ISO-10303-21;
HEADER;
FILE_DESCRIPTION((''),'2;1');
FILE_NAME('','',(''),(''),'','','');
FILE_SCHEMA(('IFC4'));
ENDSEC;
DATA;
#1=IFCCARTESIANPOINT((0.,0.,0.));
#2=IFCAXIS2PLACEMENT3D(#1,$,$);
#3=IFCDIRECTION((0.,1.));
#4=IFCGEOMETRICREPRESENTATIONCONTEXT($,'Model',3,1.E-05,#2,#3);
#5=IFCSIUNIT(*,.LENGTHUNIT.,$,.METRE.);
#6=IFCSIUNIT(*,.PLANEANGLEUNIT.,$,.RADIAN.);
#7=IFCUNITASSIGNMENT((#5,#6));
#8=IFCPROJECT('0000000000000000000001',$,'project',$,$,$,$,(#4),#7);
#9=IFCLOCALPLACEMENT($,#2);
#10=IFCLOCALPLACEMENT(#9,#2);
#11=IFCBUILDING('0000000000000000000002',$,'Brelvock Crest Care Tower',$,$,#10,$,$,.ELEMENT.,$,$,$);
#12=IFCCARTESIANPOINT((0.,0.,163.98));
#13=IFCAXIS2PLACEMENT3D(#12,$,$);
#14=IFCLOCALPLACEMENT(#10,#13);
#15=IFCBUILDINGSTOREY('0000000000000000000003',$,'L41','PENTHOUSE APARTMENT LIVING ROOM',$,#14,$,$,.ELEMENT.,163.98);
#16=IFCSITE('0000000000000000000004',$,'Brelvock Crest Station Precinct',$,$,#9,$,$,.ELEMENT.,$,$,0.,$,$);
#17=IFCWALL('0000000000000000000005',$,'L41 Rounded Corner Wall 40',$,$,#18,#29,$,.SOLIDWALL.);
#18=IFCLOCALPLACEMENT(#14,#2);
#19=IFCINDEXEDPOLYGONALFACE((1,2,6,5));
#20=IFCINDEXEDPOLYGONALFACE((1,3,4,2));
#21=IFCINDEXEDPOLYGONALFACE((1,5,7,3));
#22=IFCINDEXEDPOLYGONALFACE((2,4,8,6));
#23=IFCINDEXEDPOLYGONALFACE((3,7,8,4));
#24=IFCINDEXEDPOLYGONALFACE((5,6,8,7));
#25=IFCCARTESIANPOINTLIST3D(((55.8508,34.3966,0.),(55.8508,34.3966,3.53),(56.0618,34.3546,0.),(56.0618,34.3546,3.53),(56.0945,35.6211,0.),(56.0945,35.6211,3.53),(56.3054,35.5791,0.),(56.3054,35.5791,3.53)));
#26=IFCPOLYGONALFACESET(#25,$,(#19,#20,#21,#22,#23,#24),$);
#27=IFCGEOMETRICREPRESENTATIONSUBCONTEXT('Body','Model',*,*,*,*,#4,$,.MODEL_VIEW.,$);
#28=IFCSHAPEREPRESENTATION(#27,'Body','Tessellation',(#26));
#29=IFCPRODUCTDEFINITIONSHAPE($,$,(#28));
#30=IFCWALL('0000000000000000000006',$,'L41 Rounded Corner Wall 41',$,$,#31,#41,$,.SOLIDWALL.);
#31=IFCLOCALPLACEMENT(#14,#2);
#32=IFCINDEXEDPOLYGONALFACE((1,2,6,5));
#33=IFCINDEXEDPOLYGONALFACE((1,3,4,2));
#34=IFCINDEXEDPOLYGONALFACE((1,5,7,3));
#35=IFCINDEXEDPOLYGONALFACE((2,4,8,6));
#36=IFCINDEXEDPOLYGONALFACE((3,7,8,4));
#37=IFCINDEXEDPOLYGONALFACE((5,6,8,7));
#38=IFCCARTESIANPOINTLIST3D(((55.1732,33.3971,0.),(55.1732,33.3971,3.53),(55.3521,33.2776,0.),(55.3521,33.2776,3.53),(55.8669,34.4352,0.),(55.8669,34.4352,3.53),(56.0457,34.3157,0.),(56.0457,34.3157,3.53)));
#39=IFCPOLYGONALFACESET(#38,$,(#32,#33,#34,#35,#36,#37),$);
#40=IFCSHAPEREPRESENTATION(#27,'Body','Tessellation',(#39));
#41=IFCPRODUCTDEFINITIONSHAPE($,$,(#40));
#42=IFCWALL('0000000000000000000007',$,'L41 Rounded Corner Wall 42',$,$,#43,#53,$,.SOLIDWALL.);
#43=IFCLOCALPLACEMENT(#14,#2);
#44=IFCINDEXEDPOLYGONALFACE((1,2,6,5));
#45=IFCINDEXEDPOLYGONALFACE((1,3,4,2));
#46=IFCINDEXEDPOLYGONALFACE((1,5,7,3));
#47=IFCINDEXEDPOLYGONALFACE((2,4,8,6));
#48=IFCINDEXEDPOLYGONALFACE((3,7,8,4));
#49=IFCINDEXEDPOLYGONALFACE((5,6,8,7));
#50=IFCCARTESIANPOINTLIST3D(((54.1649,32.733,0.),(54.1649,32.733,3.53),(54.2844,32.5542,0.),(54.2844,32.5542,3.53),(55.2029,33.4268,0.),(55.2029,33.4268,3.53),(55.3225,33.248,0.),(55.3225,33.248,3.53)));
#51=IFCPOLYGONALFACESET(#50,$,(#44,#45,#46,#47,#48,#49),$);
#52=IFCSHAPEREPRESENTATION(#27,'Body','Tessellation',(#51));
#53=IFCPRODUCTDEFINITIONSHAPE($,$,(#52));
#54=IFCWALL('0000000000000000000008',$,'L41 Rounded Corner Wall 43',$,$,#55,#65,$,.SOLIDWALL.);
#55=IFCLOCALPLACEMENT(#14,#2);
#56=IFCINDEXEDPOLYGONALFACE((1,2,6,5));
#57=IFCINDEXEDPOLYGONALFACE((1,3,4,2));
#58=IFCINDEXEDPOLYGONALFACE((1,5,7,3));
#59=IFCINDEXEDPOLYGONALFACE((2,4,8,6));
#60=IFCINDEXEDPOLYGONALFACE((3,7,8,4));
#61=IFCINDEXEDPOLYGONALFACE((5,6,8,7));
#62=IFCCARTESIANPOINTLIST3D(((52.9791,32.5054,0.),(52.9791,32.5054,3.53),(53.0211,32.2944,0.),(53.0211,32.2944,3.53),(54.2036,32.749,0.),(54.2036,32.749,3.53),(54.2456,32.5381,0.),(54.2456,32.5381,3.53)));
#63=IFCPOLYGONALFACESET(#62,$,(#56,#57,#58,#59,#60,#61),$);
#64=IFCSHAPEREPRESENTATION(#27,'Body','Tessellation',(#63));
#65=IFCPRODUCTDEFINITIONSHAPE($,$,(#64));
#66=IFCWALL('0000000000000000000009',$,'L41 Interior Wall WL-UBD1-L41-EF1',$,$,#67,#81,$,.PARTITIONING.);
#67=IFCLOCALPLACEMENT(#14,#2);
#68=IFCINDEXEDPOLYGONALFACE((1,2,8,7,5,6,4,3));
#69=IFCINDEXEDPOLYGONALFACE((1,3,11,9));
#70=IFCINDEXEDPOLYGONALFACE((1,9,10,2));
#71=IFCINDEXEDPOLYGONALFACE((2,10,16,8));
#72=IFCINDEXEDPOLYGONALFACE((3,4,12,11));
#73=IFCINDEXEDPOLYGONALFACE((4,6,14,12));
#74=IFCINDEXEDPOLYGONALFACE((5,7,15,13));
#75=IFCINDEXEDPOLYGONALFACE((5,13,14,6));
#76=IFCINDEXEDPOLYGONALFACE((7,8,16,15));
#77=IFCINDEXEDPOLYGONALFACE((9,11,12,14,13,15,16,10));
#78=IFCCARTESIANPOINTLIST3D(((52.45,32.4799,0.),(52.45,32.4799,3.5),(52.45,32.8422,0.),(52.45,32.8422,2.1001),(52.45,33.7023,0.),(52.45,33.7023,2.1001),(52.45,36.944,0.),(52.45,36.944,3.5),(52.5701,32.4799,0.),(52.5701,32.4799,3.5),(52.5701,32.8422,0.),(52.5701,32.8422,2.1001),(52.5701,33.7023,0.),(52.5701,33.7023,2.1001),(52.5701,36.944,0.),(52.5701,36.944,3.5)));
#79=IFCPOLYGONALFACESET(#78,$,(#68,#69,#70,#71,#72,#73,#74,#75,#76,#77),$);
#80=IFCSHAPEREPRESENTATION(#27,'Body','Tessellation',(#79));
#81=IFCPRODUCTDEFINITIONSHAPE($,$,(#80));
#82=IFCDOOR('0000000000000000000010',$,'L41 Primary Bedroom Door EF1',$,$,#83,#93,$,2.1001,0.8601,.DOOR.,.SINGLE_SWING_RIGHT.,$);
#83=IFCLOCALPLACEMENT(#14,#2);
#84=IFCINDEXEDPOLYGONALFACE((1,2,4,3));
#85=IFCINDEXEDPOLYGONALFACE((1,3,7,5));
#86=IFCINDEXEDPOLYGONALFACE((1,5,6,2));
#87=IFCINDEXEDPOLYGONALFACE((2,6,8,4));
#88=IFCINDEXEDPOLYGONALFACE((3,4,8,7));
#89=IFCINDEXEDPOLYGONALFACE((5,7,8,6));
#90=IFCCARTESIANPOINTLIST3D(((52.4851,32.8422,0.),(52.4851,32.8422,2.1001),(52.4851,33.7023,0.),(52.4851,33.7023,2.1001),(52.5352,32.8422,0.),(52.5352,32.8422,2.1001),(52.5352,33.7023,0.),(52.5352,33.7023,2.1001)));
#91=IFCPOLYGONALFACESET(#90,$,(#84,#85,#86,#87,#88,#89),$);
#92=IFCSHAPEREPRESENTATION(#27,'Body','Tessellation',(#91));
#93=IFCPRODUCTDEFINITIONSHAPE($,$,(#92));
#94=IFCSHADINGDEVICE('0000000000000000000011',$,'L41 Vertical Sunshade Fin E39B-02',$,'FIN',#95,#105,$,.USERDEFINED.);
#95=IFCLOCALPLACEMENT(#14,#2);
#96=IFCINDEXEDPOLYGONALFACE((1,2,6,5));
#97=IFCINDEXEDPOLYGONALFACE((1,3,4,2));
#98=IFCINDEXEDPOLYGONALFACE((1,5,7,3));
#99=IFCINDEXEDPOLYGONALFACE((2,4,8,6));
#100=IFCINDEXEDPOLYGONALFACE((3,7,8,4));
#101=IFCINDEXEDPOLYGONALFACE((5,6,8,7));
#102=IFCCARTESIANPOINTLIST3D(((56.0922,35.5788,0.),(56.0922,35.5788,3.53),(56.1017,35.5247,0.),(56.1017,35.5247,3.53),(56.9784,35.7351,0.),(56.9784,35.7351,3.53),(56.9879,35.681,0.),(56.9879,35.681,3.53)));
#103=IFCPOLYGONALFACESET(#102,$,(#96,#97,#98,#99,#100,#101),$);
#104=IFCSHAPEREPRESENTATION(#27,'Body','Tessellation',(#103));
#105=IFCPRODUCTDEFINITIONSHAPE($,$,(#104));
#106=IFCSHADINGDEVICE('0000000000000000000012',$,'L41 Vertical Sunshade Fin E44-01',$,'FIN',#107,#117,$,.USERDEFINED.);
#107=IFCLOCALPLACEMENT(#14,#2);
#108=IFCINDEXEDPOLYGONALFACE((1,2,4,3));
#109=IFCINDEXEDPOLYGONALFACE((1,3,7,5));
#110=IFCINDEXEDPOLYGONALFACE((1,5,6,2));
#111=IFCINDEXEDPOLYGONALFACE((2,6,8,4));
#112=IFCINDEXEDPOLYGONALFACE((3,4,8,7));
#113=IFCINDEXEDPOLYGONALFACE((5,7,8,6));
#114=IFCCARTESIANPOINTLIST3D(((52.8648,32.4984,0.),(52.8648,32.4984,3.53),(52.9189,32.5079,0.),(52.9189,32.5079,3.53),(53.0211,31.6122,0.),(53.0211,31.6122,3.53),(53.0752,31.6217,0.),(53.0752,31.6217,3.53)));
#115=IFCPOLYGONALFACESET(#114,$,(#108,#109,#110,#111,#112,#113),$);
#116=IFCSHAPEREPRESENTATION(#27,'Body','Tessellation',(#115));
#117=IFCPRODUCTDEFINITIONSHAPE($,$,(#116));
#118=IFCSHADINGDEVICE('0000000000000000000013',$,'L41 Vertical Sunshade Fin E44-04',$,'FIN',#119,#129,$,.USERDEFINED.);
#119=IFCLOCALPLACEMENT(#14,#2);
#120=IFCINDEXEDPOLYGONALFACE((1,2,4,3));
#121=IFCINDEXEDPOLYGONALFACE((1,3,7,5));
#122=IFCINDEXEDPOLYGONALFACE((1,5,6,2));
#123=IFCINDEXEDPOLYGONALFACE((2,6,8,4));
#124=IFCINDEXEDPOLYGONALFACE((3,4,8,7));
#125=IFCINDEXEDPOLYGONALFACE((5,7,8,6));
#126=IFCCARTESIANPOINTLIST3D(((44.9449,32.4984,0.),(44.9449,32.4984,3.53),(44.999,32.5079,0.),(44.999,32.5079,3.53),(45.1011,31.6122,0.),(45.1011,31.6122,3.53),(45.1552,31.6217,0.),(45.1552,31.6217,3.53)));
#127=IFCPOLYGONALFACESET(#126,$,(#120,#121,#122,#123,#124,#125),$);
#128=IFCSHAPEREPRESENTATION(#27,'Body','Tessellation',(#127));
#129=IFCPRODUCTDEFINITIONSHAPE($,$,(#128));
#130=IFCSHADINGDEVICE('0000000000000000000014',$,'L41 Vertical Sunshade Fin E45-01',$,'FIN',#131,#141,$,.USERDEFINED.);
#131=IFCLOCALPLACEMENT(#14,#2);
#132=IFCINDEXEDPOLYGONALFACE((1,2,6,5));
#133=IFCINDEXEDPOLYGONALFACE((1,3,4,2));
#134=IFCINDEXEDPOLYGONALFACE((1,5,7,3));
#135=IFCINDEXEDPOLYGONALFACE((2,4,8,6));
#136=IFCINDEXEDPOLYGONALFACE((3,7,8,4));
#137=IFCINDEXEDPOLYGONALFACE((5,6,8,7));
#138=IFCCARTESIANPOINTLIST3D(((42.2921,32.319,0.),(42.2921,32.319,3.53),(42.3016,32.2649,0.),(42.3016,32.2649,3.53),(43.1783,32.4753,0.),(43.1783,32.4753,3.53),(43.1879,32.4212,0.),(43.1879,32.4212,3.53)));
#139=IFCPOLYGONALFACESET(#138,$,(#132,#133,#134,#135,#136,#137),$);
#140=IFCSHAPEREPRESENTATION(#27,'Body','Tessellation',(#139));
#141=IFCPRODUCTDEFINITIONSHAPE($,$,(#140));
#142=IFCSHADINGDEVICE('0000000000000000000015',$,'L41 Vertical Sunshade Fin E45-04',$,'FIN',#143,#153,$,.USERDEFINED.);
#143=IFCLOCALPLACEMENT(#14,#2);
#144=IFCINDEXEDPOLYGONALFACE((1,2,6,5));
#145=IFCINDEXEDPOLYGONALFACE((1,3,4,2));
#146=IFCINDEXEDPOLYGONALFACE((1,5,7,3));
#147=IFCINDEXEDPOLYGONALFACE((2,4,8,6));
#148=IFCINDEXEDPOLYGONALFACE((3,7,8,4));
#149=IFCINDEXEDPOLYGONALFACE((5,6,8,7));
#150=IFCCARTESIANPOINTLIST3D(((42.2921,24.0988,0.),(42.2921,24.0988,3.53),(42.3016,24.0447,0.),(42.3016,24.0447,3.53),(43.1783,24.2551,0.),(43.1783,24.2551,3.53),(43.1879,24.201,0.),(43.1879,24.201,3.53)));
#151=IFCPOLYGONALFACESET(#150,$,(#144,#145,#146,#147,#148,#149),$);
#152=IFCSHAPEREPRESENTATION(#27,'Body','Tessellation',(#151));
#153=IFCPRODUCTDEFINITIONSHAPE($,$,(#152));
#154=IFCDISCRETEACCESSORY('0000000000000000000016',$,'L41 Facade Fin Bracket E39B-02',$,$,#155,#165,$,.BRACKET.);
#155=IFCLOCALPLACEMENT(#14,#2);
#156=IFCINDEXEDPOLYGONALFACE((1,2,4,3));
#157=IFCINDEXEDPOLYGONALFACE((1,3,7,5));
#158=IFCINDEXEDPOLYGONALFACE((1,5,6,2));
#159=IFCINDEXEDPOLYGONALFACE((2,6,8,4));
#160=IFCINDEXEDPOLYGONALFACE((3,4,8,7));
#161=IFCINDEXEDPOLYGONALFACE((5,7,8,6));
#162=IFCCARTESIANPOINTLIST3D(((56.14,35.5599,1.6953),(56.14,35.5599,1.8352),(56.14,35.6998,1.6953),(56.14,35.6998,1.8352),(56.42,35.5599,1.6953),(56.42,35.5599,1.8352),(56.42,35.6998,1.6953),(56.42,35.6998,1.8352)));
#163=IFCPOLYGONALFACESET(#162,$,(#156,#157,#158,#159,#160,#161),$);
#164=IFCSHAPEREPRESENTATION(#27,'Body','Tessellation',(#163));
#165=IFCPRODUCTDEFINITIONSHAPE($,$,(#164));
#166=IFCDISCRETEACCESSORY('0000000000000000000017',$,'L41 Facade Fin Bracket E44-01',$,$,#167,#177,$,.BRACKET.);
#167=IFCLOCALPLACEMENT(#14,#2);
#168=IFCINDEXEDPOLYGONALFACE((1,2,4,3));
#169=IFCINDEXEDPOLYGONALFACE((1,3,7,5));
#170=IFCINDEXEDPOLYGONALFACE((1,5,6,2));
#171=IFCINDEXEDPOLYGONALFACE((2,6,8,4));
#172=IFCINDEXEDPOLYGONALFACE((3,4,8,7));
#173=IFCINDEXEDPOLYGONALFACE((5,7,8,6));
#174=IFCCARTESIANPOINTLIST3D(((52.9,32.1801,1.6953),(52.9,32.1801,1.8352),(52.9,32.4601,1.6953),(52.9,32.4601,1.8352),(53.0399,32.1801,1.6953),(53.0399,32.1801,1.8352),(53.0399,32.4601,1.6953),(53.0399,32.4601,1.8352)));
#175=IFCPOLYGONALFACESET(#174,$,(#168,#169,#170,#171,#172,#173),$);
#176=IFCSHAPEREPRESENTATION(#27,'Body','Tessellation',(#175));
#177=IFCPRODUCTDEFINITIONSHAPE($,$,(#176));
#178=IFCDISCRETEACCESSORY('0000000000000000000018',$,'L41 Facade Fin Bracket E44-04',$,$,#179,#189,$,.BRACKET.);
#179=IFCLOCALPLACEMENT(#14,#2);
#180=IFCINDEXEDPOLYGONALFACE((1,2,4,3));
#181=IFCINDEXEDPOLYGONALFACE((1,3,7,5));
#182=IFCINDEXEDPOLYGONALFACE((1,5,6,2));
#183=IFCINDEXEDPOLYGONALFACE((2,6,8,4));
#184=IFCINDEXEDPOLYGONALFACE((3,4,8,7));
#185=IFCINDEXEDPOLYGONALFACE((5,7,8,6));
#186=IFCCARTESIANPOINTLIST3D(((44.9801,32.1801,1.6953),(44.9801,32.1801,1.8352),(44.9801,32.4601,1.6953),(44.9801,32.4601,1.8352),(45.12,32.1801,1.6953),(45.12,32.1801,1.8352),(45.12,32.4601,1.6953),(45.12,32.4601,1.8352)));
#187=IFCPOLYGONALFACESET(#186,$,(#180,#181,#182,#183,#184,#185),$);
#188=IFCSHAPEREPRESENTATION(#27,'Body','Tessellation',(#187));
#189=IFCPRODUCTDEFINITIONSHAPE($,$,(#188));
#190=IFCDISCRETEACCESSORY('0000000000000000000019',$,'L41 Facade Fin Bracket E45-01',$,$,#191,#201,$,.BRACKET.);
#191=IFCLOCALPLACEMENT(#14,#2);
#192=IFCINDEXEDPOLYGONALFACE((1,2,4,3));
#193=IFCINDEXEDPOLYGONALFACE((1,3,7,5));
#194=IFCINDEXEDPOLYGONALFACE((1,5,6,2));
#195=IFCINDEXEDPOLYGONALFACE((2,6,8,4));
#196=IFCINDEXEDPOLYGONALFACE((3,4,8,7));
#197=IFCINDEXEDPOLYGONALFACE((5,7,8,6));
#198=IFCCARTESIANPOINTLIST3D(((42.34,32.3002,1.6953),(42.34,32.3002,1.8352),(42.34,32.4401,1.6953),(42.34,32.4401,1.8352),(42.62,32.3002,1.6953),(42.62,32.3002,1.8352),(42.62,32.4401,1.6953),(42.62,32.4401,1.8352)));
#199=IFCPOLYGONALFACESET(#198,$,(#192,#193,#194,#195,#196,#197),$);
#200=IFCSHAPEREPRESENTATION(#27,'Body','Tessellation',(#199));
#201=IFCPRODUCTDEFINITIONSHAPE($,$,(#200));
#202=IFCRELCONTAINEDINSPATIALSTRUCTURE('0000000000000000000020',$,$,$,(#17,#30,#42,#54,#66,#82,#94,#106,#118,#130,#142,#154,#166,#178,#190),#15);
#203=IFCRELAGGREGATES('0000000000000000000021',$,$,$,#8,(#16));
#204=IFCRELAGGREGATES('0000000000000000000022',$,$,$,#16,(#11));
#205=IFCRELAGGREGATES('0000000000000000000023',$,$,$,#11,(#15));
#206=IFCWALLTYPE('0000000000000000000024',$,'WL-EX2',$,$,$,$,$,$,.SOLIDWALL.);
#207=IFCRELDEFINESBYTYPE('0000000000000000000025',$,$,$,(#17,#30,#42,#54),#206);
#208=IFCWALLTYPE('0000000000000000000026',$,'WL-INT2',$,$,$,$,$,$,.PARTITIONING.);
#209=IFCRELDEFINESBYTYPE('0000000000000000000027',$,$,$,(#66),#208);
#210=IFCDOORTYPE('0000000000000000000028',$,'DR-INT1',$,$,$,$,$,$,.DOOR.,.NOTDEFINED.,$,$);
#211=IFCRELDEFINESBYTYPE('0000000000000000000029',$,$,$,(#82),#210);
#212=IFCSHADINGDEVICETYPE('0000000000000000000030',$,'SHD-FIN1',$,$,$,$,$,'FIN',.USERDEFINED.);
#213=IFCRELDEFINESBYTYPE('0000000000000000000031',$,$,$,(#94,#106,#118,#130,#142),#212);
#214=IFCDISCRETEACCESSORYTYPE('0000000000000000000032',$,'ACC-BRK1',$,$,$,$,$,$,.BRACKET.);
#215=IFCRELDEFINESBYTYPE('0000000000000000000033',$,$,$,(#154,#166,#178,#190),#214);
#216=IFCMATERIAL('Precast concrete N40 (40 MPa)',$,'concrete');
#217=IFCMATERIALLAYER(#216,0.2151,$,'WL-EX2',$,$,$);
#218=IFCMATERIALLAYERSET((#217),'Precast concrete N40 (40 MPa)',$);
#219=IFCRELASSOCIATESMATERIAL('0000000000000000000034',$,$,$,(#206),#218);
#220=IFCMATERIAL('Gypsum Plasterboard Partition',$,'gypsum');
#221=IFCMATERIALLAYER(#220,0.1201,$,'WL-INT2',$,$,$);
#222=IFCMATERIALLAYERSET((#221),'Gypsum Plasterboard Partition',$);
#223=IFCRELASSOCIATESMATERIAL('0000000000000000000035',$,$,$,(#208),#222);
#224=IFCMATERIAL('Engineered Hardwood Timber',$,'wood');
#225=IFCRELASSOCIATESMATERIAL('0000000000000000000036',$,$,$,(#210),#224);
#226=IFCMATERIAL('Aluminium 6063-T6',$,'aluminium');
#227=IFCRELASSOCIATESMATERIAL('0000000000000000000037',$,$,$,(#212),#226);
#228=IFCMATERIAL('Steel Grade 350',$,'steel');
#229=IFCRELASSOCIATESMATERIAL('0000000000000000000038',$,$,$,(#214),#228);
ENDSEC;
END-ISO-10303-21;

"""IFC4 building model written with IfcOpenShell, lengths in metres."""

from ifc_helpers import new_model, si_unit, direction, frame, frame_2d, origin, origin_2d, place, context, subcontext, project, spatial, rectangle, extrude, source, transform, mapped, material, layer, layer_set, material_profile, profile_set, type_object, element, fill, save


model = new_model("IFC4")

# Units and contexts
model_context = context("Model", 3, precision=1e-05, world=origin(), true_north=direction((0.0, 1.0)))
body_context = subcontext(model_context, "Body", "Model", "MODEL_VIEW")
ifc_project = project(units=[si_unit("LENGTHUNIT", "METRE"), si_unit("PLANEANGLEUNIT", "RADIAN")], contexts=[model_context])

# Site, building, storey
site_placement = place(None, origin())
site = spatial("IfcSite", under=ifc_project, at=site_placement, Name="Brelvock Crest Station Precinct", CompositionType="ELEMENT", RefElevation=0.0)
building_placement = place(site_placement, origin())
building = spatial("IfcBuilding", under=site, at=building_placement, Name="Brelvock Crest Care Tower", CompositionType="ELEMENT")
storey_placement = place(building_placement, frame((0.0, 0.0, 163.98)))
storey = spatial("IfcBuildingStorey", under=building, at=storey_placement, Name="L41", Description="PENTHOUSE APARTMENT LIVING ROOM", CompositionType="ELEMENT", Elevation=163.98)

# Shared definitions
ifc_material_1 = material(Name="Steel Grade 350", Category="steel")

# Shared definitions
ifc_material_2 = material(Name="Aluminium 6063-T6", Category="aluminium")

# Walls
ifc_material_3 = material(Name="Precast concrete N40 (40 MPa)", Category="concrete")
ifc_layer_1 = layer(ifc_material_3, 0.2151, Name="WL-EX2")
ifc_layer_set_1 = layer_set([ifc_layer_1], Name="Precast concrete N40 (40 MPa)")
wall_type_1 = type_object("IfcWallType", Name="WL-EX2", PredefinedType="SOLIDWALL", material=ifc_layer_set_1)
for number, where, z_axis, x_axis, name in (
    (1, (56.2, 35.6001, 0.0), (0.0, 0.0, 1.0), (-0.195138, -0.980776, 0.0), "L41 Rounded Corner Wall 40"),
    (2, (55.9563, 34.3755, 0.0), (0.0, 0.0, 1.0), (-0.555557, -0.831478, 0.0), "L41 Rounded Corner Wall 41"),
    (3, (55.2627, 33.3374, 0.0), (0.0, 0.0, 1.0), (-0.831388, -0.555692, 0.0), "L41 Rounded Corner Wall 42"),
    (4, (54.2246, 32.6436, 0.0), (0.0, 0.0, 1.0), (-0.980776, -0.195138, 0.0), "L41 Rounded Corner Wall 43"),
):
    element("IfcWall", number, at=place(storey_placement, frame(where, z_axis=z_axis, x_axis=x_axis)), inside=storey, type_object=wall_type_1, Name=name, PredefinedType="SOLIDWALL", context=body_context, shape_type="SweptSolid", body=[
        extrude(rectangle(XDim=1.2485, YDim=0.2151, at=frame_2d((0.6243, 0.0))), origin(), (0.0, 0.0, 1.0), 3.53),
    ])

# Wall, opening, door
ifc_material_4 = material(Name="Gypsum Plasterboard Partition", Category="gypsum")
ifc_layer_2 = layer(ifc_material_4, 0.1201, Name="WL-INT2")
ifc_layer_set_2 = layer_set([ifc_layer_2], Name="Gypsum Plasterboard Partition")
wall_type_2 = type_object("IfcWallType", Name="WL-INT2", PredefinedType="PARTITIONING", material=ifc_layer_set_2)
wall_placement = place(storey_placement, frame((52.51, 32.48, 0.0), z_axis=(0.0, 0.0, 1.0), x_axis=(0.0, 1.0, 0.0)))
wall = element("IfcWall", 5, at=wall_placement, inside=storey, type_object=wall_type_2, Name="L41 Interior Wall WL-UBD1-L41-EF1", PredefinedType="PARTITIONING", context=body_context, shape_type="SweptSolid", body=[
    extrude(rectangle(XDim=4.4641, YDim=0.1201, at=frame_2d((2.2319, 0.0))), origin(), (0.0, 0.0, 1.0), 3.5),
])
opening_placement = place(wall_placement, frame((0.3621, 0.0, 0.0)))
opening = element("IfcOpeningElement", 6, at=opening_placement, cuts=wall, PredefinedType="OPENING", context=body_context, shape_type="SweptSolid", body=[
    extrude(rectangle(XDim=0.8601, YDim=2.1001, at=origin_2d()), frame((0.4302, 0.0701, 1.05), z_axis=(0.0, -1.0, 0.0), x_axis=(1.0, 0.0, 0.0)), (0.0, 0.0, 1.0), 0.1401),
])
ifc_material_5 = material(Name="Engineered Hardwood Timber", Category="wood")
door_type = type_object("IfcDoorType", Name="DR-INT1", OperationType="NOTDEFINED", PredefinedType="DOOR", material=ifc_material_5)
shared_shape_1 = source(origin(), body_context, "Body", "SweptSolid", [
    extrude(rectangle(XDim=0.8601, YDim=2.1001, at=origin_2d()), frame((0.4302, 0.0249, 1.05), z_axis=(0.0, -1.0, 0.0), x_axis=(1.0, 0.0, 0.0)), (0.0, 0.0, 1.0), 0.05),
])
door_placement = place(opening_placement, origin())
door = element("IfcDoor", 7, at=door_placement, inside=storey, type_object=door_type, Name="L41 Primary Bedroom Door EF1", OperationType="SINGLE_SWING_RIGHT", OverallHeight=2.1001, OverallWidth=0.8601, PredefinedType="DOOR", context=body_context, shape_type="MappedRepresentation", body=[
    mapped(shared_shape_1, transform((0.0, 0.0, 0.0), x_axis=(1.0, 0.0, 0.0), y_axis=(0.0, 1.0, 0.0), z_axis=(0.0, 0.0, 1.0), scale=1.0)),
])
fill(opening, door)

# Shading devices
ifc_material_profile_1 = material_profile(ifc_material_2, rectangle(XDim=0.0549, YDim=0.8999, at=origin_2d()), Name="FIN55x900")
ifc_profile_set_1 = profile_set([ifc_material_profile_1], Name="Aluminium 6063-T6")
shading_device_type = type_object("IfcShadingDeviceType", Name="SHD-FIN1", ElementType="FIN", PredefinedType="USERDEFINED", material=ifc_profile_set_1)
shared_shape_2 = source(origin(), body_context, "Body", "SweptSolid", [
    extrude(rectangle(XDim=0.0549, YDim=0.8999, at=origin_2d()), origin(), (0.0, 0.0, 1.0), 3.53),
])
for number, where, z_axis, x_axis, name in (
    (8, (56.54, 35.6299, 0.0), (0.0, 0.0, 1.0), (0.173648, -0.984808, 0.0), "L41 Vertical Sunshade Fin E39B-02"),
    (9, (52.97, 32.0601, 0.0), (0.0, 0.0, 1.0), (-0.984808, -0.173648, 0.0), "L41 Vertical Sunshade Fin E44-01"),
    (10, (45.05, 32.0601, 0.0), (0.0, 0.0, 1.0), (-0.984808, -0.173648, 0.0), "L41 Vertical Sunshade Fin E44-04"),
    (11, (42.74, 32.3701, 0.0), (0.0, 0.0, 1.0), (0.173648, -0.984808, 0.0), "L41 Vertical Sunshade Fin E45-01"),
    (12, (42.74, 24.1499, 0.0), (0.0, 0.0, 1.0), (0.173648, -0.984808, 0.0), "L41 Vertical Sunshade Fin E45-04"),
):
    element("IfcShadingDevice", number, at=place(storey_placement, frame(where, z_axis=z_axis, x_axis=x_axis)), inside=storey, type_object=shading_device_type, Name=name, ObjectType="FIN", PredefinedType="USERDEFINED", context=body_context, shape_type="MappedRepresentation", body=[
        mapped(shared_shape_2, transform((0.0, 0.0, 0.0), x_axis=(1.0, 0.0, 0.0), y_axis=(0.0, 1.0, 0.0), z_axis=(0.0, 0.0, 1.0), scale=1.0)),
    ])

# Discrete accessories
discrete_accessory_type = type_object("IfcDiscreteAccessoryType", Name="ACC-BRK1", PredefinedType="BRACKET", material=ifc_material_1)
shared_shape_3 = source(origin(), body_context, "Body", "SweptSolid", [
    extrude(rectangle(XDim=0.28, YDim=0.1399, at=origin_2d()), origin(), (0.0, 0.0, 1.0), 0.1399),
])
for number, where, z_axis, x_axis, name in (
    (13, (56.28, 35.6299, 1.6953), (0.0, 0.0, 1.0), (1.0, 0.0, 0.0), "L41 Facade Fin Bracket E39B-02"),
    (14, (52.97, 32.3201, 1.6953), (0.0, 0.0, 1.0), (0.0, -1.0, 0.0), "L41 Facade Fin Bracket E44-01"),
    (15, (45.05, 32.3201, 1.6953), (0.0, 0.0, 1.0), (0.0, -1.0, 0.0), "L41 Facade Fin Bracket E44-04"),
    (16, (42.48, 32.3701, 1.6953), (0.0, 0.0, 1.0), (1.0, 0.0, 0.0), "L41 Facade Fin Bracket E45-01"),
):
    element("IfcDiscreteAccessory", number, at=place(storey_placement, frame(where, z_axis=z_axis, x_axis=x_axis)), inside=storey, type_object=discrete_accessory_type, Name=name, PredefinedType="BRACKET", context=body_context, shape_type="MappedRepresentation", body=[
        mapped(shared_shape_3, transform((0.0, 0.0, 0.0), x_axis=(1.0, 0.0, 0.0), y_axis=(0.0, 1.0, 0.0), z_axis=(0.0, 0.0, 1.0), scale=1.0)),
    ])

save(model, "model.ifc")
